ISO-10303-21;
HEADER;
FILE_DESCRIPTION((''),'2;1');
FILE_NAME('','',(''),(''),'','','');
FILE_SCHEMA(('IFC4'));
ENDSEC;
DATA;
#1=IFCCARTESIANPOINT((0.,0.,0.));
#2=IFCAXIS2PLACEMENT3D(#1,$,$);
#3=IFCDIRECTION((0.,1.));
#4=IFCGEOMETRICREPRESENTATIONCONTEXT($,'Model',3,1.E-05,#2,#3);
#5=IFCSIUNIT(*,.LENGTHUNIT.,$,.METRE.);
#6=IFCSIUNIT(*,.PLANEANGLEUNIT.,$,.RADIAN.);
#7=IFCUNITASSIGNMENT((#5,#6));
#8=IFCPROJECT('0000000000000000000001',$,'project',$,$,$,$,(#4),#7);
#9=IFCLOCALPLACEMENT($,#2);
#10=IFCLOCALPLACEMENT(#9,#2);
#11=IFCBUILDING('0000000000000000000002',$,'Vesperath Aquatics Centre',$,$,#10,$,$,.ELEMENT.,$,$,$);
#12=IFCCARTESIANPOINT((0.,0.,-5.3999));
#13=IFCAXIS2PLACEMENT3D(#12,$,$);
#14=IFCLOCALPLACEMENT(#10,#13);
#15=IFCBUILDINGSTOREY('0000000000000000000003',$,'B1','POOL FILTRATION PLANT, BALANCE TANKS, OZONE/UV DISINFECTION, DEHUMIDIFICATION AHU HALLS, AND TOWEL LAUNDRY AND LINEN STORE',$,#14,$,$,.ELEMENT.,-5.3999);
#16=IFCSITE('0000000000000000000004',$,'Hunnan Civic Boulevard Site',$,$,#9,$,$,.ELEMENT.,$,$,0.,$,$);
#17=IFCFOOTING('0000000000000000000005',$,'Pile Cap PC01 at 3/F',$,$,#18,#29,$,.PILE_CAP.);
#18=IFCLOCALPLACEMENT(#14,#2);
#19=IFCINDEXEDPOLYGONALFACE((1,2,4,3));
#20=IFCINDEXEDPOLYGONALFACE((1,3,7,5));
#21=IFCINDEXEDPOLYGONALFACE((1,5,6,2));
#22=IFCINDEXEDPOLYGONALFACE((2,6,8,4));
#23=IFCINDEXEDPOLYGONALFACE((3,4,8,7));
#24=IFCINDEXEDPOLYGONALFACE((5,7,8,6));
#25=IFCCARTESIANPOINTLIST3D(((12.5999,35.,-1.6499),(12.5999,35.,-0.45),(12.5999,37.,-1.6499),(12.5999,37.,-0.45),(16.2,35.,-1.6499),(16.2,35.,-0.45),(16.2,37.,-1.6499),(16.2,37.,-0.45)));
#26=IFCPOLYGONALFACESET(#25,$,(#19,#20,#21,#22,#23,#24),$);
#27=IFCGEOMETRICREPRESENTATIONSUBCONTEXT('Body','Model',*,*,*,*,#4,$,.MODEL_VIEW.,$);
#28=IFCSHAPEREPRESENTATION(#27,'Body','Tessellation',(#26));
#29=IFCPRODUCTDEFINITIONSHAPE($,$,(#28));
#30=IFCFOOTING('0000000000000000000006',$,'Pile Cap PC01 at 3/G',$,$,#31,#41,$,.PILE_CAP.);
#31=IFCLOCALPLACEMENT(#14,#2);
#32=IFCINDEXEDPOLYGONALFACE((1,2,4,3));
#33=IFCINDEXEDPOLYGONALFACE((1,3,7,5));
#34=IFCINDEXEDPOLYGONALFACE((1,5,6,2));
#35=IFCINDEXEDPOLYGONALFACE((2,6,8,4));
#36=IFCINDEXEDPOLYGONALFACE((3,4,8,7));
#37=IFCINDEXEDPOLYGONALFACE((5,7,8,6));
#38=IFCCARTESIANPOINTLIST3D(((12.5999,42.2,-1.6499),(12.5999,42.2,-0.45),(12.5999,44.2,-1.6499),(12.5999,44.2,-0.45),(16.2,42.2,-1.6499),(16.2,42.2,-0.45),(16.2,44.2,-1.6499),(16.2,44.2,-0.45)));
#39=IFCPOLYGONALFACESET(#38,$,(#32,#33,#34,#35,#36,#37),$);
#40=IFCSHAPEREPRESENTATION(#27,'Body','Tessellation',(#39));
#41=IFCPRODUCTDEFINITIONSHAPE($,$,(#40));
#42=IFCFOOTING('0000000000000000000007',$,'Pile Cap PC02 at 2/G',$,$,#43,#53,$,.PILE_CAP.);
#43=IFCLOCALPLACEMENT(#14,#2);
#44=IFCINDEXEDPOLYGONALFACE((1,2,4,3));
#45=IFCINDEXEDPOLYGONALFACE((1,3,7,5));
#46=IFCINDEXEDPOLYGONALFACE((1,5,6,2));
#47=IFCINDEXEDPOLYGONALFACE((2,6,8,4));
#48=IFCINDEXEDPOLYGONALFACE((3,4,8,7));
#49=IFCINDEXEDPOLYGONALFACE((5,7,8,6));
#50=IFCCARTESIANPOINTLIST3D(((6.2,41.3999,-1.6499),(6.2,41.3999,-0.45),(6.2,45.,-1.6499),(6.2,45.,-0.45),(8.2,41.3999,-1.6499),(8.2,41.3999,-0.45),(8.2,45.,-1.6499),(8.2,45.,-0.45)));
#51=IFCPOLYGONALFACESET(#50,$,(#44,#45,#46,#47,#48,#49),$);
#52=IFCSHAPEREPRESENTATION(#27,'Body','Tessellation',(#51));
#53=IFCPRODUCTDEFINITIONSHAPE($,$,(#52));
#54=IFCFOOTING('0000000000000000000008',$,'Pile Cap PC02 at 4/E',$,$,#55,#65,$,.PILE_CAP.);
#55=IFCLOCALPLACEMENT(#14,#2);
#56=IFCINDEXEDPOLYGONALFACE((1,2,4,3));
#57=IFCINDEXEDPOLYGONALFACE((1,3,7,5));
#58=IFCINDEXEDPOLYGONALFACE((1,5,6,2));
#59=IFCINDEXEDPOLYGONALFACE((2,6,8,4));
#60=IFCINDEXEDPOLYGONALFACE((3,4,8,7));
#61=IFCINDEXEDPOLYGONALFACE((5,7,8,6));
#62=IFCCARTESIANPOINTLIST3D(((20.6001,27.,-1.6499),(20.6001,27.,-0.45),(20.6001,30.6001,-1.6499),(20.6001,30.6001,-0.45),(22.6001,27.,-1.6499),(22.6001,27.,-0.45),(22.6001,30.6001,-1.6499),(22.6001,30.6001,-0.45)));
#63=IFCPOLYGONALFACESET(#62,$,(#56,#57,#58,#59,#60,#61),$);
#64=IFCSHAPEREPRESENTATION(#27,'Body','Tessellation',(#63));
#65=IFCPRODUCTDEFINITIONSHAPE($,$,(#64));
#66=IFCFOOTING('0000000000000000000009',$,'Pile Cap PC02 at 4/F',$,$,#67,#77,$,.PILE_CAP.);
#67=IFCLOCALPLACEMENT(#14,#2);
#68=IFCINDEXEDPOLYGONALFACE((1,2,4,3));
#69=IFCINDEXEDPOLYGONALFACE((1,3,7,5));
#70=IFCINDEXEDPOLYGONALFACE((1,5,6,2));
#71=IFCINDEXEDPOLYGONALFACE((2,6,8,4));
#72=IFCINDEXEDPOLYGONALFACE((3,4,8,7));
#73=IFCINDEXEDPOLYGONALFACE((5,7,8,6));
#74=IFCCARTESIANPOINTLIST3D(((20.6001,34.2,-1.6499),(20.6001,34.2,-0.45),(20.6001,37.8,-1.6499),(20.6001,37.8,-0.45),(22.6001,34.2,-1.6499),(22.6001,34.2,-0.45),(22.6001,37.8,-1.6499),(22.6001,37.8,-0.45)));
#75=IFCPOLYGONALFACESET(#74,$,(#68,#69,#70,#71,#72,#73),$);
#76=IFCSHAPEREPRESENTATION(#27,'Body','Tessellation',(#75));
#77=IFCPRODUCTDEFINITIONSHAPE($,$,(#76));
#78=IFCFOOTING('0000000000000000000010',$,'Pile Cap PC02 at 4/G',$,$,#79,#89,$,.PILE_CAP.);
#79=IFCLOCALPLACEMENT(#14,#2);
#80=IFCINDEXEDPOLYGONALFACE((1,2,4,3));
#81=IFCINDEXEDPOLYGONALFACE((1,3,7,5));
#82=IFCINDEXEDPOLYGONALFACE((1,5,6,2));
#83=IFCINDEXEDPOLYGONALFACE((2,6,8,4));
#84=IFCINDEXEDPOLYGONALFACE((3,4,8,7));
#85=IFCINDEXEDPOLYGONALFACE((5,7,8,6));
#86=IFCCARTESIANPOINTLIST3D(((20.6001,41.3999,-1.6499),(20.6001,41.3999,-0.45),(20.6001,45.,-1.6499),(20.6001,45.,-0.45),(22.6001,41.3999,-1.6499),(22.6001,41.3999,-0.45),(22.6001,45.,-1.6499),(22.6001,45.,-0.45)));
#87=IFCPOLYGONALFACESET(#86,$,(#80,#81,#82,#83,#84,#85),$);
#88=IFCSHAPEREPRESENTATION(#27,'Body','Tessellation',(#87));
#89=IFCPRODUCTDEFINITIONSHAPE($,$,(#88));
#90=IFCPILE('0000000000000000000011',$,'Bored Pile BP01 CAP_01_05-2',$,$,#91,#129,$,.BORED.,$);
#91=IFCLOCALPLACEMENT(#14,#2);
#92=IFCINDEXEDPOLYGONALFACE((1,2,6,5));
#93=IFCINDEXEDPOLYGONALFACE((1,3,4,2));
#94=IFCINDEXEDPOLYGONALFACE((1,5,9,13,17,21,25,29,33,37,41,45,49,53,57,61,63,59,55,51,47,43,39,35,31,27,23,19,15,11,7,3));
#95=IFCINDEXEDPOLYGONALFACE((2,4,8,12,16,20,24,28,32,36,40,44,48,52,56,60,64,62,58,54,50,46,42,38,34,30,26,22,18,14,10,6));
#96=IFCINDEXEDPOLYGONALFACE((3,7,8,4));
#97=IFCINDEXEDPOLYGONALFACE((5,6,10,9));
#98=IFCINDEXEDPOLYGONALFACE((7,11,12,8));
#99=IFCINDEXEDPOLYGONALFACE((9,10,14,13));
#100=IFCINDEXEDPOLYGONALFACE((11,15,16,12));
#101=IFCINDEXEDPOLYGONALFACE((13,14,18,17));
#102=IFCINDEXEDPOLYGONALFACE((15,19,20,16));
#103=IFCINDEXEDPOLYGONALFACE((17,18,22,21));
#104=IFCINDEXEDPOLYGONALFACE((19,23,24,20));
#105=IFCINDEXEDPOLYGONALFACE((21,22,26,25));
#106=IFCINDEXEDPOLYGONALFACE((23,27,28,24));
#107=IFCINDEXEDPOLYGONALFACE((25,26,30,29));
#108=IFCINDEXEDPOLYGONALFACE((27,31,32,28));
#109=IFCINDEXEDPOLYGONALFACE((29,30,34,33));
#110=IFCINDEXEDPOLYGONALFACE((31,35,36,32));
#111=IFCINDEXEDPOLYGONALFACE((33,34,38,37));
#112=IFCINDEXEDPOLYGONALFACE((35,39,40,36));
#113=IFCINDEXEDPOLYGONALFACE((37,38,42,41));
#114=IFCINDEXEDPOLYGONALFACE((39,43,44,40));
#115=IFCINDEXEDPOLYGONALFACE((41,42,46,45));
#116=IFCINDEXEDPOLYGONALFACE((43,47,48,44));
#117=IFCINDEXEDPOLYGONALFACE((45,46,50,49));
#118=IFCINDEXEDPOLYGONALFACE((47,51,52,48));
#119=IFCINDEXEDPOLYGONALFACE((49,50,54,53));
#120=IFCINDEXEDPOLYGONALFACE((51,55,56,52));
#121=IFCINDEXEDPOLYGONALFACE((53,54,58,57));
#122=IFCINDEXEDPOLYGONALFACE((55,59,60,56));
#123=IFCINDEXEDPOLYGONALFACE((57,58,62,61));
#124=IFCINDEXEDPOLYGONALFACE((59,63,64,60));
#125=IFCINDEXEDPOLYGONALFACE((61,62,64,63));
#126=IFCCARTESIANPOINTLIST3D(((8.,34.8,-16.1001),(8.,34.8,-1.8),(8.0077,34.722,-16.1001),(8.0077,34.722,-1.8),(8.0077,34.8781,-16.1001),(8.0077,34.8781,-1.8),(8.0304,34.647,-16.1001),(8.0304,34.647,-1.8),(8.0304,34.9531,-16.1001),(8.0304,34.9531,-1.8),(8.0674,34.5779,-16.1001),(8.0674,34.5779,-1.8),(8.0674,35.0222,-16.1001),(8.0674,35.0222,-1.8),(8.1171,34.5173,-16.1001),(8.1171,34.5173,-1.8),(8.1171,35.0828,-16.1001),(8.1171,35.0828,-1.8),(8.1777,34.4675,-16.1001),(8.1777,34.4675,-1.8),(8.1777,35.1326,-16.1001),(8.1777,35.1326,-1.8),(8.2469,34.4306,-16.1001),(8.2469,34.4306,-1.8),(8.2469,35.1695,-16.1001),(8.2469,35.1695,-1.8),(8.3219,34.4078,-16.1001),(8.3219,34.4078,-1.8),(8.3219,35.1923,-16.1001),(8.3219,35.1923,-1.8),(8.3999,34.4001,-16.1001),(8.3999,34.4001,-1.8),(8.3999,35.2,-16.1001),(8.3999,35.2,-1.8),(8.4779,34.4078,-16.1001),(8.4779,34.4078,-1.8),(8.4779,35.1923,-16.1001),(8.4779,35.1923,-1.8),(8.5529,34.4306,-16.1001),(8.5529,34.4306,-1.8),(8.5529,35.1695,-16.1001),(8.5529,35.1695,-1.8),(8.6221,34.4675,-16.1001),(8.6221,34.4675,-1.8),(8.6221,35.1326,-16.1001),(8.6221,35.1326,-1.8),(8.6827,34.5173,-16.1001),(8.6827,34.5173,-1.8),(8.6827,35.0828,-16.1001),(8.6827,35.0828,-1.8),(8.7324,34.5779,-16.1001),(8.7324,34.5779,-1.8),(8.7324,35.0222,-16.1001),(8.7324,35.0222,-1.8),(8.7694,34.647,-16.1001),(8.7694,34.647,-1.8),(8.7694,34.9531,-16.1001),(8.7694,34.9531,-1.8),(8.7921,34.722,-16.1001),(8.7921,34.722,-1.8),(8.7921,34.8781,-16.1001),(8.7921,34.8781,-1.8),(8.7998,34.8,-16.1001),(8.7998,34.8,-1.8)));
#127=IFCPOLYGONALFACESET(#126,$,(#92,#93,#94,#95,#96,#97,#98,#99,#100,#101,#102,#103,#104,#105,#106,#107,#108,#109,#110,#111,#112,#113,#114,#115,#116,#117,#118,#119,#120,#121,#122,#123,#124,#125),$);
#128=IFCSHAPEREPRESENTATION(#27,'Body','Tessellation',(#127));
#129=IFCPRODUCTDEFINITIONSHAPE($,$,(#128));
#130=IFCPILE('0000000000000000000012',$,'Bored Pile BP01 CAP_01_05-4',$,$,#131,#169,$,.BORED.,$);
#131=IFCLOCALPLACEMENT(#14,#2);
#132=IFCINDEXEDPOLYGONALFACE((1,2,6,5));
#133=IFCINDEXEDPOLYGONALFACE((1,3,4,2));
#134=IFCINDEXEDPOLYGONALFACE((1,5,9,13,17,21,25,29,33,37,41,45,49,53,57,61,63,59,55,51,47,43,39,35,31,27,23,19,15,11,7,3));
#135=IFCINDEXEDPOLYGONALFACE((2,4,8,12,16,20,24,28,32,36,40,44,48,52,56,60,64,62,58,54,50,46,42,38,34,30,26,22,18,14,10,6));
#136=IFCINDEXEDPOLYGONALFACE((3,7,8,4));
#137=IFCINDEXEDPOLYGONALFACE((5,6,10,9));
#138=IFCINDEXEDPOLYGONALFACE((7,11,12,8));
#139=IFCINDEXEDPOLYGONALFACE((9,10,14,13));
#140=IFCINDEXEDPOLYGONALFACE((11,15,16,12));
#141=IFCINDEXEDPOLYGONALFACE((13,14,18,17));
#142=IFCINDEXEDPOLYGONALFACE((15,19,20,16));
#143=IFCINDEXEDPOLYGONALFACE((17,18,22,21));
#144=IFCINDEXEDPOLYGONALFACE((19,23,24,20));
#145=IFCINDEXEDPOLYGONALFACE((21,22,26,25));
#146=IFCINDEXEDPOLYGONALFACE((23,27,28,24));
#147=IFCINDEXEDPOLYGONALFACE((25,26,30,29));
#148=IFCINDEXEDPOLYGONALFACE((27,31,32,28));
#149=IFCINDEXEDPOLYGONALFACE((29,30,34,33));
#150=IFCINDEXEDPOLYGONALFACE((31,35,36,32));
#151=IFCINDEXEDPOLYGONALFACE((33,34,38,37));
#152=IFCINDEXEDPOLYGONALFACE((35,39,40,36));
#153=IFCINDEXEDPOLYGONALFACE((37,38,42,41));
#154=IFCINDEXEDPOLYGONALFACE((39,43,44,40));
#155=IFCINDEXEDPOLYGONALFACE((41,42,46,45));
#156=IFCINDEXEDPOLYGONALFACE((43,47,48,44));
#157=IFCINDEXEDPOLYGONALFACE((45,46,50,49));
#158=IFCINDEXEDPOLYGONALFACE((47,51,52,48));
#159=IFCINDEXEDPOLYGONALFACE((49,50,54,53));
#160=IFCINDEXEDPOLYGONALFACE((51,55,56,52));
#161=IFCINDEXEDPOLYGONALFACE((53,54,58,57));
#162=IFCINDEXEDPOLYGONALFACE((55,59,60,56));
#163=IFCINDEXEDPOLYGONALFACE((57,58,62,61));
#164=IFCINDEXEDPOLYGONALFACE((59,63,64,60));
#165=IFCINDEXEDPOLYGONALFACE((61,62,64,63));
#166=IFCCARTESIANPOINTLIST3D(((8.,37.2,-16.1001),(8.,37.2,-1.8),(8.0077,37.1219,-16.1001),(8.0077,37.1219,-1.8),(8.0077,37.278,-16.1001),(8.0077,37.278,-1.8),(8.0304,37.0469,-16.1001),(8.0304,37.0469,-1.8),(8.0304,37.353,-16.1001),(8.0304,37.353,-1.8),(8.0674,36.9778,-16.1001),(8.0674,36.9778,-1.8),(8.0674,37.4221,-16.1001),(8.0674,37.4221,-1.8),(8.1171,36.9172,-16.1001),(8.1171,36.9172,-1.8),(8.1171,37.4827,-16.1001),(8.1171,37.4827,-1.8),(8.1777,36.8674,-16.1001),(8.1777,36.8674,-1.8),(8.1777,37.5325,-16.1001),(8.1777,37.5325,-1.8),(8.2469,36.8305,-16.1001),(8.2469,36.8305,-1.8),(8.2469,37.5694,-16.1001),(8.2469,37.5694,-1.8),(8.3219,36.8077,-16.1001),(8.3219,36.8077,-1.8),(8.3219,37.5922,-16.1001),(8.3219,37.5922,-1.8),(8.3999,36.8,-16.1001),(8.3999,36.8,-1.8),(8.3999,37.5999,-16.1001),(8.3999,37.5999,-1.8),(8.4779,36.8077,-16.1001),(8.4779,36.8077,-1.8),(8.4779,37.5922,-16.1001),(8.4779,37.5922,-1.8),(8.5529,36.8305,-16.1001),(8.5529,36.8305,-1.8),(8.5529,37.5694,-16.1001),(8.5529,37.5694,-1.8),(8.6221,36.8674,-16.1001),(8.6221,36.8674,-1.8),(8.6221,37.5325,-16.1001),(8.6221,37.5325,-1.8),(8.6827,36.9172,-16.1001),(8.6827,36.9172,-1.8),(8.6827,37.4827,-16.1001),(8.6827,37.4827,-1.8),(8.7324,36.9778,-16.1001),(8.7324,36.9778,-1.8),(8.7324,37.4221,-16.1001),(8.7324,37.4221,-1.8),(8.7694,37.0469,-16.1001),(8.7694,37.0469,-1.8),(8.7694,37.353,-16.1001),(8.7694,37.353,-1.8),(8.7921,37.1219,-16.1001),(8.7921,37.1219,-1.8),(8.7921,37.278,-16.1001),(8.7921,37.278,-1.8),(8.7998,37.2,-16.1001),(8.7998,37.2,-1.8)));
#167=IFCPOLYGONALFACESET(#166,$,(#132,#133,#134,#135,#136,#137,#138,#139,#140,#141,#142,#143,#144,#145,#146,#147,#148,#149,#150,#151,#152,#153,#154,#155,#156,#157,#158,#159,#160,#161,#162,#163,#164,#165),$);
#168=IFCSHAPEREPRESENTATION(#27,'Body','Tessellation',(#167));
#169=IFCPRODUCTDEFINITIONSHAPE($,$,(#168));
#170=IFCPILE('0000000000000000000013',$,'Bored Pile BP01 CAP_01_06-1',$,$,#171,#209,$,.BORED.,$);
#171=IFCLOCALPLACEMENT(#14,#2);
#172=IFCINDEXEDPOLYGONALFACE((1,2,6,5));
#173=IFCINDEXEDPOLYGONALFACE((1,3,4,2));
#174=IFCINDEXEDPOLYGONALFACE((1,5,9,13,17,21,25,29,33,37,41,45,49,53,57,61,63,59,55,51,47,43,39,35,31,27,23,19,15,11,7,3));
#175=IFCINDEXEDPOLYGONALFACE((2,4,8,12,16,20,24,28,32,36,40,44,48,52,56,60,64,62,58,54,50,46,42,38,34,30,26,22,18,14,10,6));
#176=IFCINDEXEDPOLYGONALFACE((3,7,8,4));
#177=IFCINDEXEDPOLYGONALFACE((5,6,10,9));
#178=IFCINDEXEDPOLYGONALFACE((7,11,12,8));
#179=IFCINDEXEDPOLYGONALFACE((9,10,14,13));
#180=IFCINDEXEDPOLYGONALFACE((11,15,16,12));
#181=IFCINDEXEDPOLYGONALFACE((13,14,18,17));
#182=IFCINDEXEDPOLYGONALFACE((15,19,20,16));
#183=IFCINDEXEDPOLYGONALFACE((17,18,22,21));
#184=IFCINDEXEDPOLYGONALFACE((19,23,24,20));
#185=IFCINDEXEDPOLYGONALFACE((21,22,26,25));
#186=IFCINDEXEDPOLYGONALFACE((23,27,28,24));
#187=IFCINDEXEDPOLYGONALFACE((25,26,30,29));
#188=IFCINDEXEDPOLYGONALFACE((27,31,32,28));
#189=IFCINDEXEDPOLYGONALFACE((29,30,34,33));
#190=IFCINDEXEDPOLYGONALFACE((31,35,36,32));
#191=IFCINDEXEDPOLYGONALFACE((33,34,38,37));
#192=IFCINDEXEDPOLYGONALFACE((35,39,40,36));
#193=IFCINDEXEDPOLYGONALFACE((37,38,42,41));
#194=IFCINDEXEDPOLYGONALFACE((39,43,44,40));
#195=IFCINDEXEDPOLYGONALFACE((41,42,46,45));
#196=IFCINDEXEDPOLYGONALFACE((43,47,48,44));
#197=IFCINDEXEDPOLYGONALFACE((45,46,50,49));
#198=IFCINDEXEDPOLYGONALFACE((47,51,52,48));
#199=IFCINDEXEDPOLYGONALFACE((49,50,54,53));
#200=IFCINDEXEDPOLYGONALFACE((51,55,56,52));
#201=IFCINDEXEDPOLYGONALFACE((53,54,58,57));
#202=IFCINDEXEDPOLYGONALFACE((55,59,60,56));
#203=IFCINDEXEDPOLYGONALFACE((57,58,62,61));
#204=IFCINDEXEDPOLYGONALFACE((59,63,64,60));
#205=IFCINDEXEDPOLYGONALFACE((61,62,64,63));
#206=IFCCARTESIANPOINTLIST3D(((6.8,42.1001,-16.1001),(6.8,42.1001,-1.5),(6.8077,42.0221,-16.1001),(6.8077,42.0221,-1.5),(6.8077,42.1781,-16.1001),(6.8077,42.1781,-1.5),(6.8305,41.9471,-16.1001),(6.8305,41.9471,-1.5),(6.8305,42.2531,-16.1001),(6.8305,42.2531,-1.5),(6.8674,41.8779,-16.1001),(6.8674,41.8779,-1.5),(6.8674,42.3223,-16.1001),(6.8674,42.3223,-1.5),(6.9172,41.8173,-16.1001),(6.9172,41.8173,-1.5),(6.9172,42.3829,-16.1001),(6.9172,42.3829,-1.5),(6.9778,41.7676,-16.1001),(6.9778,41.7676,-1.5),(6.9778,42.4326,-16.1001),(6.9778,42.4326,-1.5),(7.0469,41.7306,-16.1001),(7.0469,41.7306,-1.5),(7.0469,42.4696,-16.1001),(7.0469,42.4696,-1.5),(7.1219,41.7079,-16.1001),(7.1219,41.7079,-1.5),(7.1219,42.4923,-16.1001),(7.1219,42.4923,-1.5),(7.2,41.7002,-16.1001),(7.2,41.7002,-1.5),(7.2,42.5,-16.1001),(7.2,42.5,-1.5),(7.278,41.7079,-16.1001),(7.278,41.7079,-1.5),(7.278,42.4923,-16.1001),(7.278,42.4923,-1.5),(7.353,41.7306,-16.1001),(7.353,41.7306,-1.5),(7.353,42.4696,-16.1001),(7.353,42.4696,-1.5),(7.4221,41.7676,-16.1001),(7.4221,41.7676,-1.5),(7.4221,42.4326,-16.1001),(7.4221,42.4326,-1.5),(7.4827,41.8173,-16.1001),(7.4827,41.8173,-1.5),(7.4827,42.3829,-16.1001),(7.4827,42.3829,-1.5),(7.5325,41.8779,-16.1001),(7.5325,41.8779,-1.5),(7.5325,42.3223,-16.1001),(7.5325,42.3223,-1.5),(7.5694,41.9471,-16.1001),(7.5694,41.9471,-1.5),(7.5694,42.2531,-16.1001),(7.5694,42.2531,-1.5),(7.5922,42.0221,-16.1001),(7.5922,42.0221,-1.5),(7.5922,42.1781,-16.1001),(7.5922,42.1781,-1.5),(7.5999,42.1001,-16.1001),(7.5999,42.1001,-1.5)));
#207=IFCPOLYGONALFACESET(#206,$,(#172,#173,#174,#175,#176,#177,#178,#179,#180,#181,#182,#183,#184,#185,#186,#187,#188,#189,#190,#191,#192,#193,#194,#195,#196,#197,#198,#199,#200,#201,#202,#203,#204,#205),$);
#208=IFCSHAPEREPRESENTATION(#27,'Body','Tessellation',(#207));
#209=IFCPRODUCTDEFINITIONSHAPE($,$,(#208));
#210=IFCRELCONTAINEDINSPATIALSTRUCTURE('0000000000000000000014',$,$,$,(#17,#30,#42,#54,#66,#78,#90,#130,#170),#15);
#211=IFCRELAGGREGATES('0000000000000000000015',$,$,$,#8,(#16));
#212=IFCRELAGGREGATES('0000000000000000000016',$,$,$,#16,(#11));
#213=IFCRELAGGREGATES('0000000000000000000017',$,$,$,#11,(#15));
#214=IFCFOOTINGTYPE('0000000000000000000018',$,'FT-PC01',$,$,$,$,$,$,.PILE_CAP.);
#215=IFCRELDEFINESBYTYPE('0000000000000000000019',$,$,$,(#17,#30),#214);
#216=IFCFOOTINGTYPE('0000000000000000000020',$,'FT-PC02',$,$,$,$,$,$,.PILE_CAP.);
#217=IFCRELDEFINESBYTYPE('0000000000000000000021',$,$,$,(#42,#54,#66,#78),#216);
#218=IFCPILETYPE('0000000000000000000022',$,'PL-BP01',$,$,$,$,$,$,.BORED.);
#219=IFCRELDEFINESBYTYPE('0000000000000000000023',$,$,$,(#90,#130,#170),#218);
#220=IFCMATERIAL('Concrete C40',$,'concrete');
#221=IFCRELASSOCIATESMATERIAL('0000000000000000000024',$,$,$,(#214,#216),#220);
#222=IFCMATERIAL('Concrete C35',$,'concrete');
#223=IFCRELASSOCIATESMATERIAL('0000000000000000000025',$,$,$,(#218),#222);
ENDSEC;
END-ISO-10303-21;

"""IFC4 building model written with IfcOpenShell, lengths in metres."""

from ifc_helpers import new_model, si_unit, direction, frame, origin, origin_2d, place, context, subcontext, project, spatial, rectangle, circle, extrude, material, material_profile, profile_set, type_object, element, save


model = new_model("IFC4")

# Units and contexts
model_context = context("Model", 3, precision=1e-05, world=origin(), true_north=direction((0.0, 1.0)))
body_context = subcontext(model_context, "Body", "Model", "MODEL_VIEW")
ifc_project = project(units=[si_unit("LENGTHUNIT", "METRE"), si_unit("PLANEANGLEUNIT", "RADIAN")], contexts=[model_context])

# Site, building, storey
site_placement = place(None, origin())
site = spatial("IfcSite", under=ifc_project, at=site_placement, Name="Hunnan Civic Boulevard Site", CompositionType="ELEMENT", RefElevation=0.0)
building_placement = place(site_placement, origin())
building = spatial("IfcBuilding", under=site, at=building_placement, Name="Vesperath Aquatics Centre", CompositionType="ELEMENT")
storey_placement = place(building_placement, frame((0.0, 0.0, -5.3999)))
storey = spatial("IfcBuildingStorey", under=building, at=storey_placement, Name="B1", Description="POOL FILTRATION PLANT, BALANCE TANKS, OZONE/UV DISINFECTION, DEHUMIDIFICATION AHU HALLS, AND TOWEL LAUNDRY AND LINEN STORE", CompositionType="ELEMENT", Elevation=-5.3999)

# Footings
ifc_material_1 = material(Name="Concrete C40", Category="concrete")
footing_type_1 = type_object("IfcFootingType", Name="FT-PC01", PredefinedType="PILE_CAP", material=ifc_material_1)
for number, where, z_axis, x_axis, name in (
    (1, (14.3999, 36.0, -1.6499), (0.0, 0.0, 1.0), (1.0, 0.0, 0.0), "Pile Cap PC01 at 3/F"),
    (2, (14.3999, 43.2, -1.6499), (0.0, 0.0, 1.0), (1.0, 0.0, 0.0), "Pile Cap PC01 at 3/G"),
):
    element("IfcFooting", number, at=place(storey_placement, frame(where, z_axis=z_axis, x_axis=x_axis)), inside=storey, type_object=footing_type_1, Name=name, PredefinedType="PILE_CAP", context=body_context, shape_type="SweptSolid", body=[
        extrude(rectangle(XDim=3.6001, YDim=2.0, at=origin_2d()), origin(), (0.0, 0.0, 1.0), 1.2),
    ])
footing_type_2 = type_object("IfcFootingType", Name="FT-PC02", PredefinedType="PILE_CAP", material=ifc_material_1)
for number, where, z_axis, x_axis, name in (
    (3, (7.2, 43.2, -1.6499), (0.0, 0.0, 1.0), (1.0, 0.0, 0.0), "Pile Cap PC02 at 2/G"),
    (4, (21.6001, 28.8, -1.6499), (0.0, 0.0, 1.0), (1.0, 0.0, 0.0), "Pile Cap PC02 at 4/E"),
    (5, (21.6001, 36.0, -1.6499), (0.0, 0.0, 1.0), (1.0, 0.0, 0.0), "Pile Cap PC02 at 4/F"),
    (6, (21.6001, 43.2, -1.6499), (0.0, 0.0, 1.0), (1.0, 0.0, 0.0), "Pile Cap PC02 at 4/G"),
):
    element("IfcFooting", number, at=place(storey_placement, frame(where, z_axis=z_axis, x_axis=x_axis)), inside=storey, type_object=footing_type_2, Name=name, PredefinedType="PILE_CAP", context=body_context, shape_type="SweptSolid", body=[
        extrude(rectangle(XDim=2.0, YDim=3.6001, at=origin_2d()), origin(), (0.0, 0.0, 1.0), 1.2),
    ])

# Piles
ifc_material_2 = material(Name="Concrete C35", Category="concrete")
ifc_material_profile_1 = material_profile(ifc_material_2, circle(Radius=0.3999, at=origin_2d()), Name="PILE D800")
ifc_profile_set_1 = profile_set([ifc_material_profile_1], Name="Concrete C35")
pile_type = type_object("IfcPileType", Name="PL-BP01", PredefinedType="BORED", material=ifc_profile_set_1)
for number, where, z_axis, x_axis, name in (
    (7, (8.3999, 34.8, -1.8), (0.0, 0.0, -1.0), (1.0, 0.0, 0.0), "Bored Pile BP01 CAP_01_05-2"),
    (8, (8.3999, 37.2, -1.8), (0.0, 0.0, -1.0), (1.0, 0.0, 0.0), "Bored Pile BP01 CAP_01_05-4"),
):
    element("IfcPile", number, at=place(storey_placement, frame(where, z_axis=z_axis, x_axis=x_axis)), inside=storey, type_object=pile_type, Name=name, PredefinedType="BORED", context=body_context, shape_type="SweptSolid", body=[
        extrude(circle(Radius=0.3999, at=origin_2d()), origin(), (0.0, 0.0, 1.0), 14.3),
    ])
for number, where, z_axis, x_axis, name in (
    (9, (7.2, 42.1001, -1.5), (0.0, 0.0, -1.0), (1.0, 0.0, 0.0), "Bored Pile BP01 CAP_01_06-1"),
):
    element("IfcPile", number, at=place(storey_placement, frame(where, z_axis=z_axis, x_axis=x_axis)), inside=storey, type_object=pile_type, Name=name, PredefinedType="BORED", context=body_context, shape_type="SweptSolid", body=[
        extrude(circle(Radius=0.3999, at=origin_2d()), origin(), (0.0, 0.0, 1.0), 14.6001),
    ])

save(model, "model.ifc")
